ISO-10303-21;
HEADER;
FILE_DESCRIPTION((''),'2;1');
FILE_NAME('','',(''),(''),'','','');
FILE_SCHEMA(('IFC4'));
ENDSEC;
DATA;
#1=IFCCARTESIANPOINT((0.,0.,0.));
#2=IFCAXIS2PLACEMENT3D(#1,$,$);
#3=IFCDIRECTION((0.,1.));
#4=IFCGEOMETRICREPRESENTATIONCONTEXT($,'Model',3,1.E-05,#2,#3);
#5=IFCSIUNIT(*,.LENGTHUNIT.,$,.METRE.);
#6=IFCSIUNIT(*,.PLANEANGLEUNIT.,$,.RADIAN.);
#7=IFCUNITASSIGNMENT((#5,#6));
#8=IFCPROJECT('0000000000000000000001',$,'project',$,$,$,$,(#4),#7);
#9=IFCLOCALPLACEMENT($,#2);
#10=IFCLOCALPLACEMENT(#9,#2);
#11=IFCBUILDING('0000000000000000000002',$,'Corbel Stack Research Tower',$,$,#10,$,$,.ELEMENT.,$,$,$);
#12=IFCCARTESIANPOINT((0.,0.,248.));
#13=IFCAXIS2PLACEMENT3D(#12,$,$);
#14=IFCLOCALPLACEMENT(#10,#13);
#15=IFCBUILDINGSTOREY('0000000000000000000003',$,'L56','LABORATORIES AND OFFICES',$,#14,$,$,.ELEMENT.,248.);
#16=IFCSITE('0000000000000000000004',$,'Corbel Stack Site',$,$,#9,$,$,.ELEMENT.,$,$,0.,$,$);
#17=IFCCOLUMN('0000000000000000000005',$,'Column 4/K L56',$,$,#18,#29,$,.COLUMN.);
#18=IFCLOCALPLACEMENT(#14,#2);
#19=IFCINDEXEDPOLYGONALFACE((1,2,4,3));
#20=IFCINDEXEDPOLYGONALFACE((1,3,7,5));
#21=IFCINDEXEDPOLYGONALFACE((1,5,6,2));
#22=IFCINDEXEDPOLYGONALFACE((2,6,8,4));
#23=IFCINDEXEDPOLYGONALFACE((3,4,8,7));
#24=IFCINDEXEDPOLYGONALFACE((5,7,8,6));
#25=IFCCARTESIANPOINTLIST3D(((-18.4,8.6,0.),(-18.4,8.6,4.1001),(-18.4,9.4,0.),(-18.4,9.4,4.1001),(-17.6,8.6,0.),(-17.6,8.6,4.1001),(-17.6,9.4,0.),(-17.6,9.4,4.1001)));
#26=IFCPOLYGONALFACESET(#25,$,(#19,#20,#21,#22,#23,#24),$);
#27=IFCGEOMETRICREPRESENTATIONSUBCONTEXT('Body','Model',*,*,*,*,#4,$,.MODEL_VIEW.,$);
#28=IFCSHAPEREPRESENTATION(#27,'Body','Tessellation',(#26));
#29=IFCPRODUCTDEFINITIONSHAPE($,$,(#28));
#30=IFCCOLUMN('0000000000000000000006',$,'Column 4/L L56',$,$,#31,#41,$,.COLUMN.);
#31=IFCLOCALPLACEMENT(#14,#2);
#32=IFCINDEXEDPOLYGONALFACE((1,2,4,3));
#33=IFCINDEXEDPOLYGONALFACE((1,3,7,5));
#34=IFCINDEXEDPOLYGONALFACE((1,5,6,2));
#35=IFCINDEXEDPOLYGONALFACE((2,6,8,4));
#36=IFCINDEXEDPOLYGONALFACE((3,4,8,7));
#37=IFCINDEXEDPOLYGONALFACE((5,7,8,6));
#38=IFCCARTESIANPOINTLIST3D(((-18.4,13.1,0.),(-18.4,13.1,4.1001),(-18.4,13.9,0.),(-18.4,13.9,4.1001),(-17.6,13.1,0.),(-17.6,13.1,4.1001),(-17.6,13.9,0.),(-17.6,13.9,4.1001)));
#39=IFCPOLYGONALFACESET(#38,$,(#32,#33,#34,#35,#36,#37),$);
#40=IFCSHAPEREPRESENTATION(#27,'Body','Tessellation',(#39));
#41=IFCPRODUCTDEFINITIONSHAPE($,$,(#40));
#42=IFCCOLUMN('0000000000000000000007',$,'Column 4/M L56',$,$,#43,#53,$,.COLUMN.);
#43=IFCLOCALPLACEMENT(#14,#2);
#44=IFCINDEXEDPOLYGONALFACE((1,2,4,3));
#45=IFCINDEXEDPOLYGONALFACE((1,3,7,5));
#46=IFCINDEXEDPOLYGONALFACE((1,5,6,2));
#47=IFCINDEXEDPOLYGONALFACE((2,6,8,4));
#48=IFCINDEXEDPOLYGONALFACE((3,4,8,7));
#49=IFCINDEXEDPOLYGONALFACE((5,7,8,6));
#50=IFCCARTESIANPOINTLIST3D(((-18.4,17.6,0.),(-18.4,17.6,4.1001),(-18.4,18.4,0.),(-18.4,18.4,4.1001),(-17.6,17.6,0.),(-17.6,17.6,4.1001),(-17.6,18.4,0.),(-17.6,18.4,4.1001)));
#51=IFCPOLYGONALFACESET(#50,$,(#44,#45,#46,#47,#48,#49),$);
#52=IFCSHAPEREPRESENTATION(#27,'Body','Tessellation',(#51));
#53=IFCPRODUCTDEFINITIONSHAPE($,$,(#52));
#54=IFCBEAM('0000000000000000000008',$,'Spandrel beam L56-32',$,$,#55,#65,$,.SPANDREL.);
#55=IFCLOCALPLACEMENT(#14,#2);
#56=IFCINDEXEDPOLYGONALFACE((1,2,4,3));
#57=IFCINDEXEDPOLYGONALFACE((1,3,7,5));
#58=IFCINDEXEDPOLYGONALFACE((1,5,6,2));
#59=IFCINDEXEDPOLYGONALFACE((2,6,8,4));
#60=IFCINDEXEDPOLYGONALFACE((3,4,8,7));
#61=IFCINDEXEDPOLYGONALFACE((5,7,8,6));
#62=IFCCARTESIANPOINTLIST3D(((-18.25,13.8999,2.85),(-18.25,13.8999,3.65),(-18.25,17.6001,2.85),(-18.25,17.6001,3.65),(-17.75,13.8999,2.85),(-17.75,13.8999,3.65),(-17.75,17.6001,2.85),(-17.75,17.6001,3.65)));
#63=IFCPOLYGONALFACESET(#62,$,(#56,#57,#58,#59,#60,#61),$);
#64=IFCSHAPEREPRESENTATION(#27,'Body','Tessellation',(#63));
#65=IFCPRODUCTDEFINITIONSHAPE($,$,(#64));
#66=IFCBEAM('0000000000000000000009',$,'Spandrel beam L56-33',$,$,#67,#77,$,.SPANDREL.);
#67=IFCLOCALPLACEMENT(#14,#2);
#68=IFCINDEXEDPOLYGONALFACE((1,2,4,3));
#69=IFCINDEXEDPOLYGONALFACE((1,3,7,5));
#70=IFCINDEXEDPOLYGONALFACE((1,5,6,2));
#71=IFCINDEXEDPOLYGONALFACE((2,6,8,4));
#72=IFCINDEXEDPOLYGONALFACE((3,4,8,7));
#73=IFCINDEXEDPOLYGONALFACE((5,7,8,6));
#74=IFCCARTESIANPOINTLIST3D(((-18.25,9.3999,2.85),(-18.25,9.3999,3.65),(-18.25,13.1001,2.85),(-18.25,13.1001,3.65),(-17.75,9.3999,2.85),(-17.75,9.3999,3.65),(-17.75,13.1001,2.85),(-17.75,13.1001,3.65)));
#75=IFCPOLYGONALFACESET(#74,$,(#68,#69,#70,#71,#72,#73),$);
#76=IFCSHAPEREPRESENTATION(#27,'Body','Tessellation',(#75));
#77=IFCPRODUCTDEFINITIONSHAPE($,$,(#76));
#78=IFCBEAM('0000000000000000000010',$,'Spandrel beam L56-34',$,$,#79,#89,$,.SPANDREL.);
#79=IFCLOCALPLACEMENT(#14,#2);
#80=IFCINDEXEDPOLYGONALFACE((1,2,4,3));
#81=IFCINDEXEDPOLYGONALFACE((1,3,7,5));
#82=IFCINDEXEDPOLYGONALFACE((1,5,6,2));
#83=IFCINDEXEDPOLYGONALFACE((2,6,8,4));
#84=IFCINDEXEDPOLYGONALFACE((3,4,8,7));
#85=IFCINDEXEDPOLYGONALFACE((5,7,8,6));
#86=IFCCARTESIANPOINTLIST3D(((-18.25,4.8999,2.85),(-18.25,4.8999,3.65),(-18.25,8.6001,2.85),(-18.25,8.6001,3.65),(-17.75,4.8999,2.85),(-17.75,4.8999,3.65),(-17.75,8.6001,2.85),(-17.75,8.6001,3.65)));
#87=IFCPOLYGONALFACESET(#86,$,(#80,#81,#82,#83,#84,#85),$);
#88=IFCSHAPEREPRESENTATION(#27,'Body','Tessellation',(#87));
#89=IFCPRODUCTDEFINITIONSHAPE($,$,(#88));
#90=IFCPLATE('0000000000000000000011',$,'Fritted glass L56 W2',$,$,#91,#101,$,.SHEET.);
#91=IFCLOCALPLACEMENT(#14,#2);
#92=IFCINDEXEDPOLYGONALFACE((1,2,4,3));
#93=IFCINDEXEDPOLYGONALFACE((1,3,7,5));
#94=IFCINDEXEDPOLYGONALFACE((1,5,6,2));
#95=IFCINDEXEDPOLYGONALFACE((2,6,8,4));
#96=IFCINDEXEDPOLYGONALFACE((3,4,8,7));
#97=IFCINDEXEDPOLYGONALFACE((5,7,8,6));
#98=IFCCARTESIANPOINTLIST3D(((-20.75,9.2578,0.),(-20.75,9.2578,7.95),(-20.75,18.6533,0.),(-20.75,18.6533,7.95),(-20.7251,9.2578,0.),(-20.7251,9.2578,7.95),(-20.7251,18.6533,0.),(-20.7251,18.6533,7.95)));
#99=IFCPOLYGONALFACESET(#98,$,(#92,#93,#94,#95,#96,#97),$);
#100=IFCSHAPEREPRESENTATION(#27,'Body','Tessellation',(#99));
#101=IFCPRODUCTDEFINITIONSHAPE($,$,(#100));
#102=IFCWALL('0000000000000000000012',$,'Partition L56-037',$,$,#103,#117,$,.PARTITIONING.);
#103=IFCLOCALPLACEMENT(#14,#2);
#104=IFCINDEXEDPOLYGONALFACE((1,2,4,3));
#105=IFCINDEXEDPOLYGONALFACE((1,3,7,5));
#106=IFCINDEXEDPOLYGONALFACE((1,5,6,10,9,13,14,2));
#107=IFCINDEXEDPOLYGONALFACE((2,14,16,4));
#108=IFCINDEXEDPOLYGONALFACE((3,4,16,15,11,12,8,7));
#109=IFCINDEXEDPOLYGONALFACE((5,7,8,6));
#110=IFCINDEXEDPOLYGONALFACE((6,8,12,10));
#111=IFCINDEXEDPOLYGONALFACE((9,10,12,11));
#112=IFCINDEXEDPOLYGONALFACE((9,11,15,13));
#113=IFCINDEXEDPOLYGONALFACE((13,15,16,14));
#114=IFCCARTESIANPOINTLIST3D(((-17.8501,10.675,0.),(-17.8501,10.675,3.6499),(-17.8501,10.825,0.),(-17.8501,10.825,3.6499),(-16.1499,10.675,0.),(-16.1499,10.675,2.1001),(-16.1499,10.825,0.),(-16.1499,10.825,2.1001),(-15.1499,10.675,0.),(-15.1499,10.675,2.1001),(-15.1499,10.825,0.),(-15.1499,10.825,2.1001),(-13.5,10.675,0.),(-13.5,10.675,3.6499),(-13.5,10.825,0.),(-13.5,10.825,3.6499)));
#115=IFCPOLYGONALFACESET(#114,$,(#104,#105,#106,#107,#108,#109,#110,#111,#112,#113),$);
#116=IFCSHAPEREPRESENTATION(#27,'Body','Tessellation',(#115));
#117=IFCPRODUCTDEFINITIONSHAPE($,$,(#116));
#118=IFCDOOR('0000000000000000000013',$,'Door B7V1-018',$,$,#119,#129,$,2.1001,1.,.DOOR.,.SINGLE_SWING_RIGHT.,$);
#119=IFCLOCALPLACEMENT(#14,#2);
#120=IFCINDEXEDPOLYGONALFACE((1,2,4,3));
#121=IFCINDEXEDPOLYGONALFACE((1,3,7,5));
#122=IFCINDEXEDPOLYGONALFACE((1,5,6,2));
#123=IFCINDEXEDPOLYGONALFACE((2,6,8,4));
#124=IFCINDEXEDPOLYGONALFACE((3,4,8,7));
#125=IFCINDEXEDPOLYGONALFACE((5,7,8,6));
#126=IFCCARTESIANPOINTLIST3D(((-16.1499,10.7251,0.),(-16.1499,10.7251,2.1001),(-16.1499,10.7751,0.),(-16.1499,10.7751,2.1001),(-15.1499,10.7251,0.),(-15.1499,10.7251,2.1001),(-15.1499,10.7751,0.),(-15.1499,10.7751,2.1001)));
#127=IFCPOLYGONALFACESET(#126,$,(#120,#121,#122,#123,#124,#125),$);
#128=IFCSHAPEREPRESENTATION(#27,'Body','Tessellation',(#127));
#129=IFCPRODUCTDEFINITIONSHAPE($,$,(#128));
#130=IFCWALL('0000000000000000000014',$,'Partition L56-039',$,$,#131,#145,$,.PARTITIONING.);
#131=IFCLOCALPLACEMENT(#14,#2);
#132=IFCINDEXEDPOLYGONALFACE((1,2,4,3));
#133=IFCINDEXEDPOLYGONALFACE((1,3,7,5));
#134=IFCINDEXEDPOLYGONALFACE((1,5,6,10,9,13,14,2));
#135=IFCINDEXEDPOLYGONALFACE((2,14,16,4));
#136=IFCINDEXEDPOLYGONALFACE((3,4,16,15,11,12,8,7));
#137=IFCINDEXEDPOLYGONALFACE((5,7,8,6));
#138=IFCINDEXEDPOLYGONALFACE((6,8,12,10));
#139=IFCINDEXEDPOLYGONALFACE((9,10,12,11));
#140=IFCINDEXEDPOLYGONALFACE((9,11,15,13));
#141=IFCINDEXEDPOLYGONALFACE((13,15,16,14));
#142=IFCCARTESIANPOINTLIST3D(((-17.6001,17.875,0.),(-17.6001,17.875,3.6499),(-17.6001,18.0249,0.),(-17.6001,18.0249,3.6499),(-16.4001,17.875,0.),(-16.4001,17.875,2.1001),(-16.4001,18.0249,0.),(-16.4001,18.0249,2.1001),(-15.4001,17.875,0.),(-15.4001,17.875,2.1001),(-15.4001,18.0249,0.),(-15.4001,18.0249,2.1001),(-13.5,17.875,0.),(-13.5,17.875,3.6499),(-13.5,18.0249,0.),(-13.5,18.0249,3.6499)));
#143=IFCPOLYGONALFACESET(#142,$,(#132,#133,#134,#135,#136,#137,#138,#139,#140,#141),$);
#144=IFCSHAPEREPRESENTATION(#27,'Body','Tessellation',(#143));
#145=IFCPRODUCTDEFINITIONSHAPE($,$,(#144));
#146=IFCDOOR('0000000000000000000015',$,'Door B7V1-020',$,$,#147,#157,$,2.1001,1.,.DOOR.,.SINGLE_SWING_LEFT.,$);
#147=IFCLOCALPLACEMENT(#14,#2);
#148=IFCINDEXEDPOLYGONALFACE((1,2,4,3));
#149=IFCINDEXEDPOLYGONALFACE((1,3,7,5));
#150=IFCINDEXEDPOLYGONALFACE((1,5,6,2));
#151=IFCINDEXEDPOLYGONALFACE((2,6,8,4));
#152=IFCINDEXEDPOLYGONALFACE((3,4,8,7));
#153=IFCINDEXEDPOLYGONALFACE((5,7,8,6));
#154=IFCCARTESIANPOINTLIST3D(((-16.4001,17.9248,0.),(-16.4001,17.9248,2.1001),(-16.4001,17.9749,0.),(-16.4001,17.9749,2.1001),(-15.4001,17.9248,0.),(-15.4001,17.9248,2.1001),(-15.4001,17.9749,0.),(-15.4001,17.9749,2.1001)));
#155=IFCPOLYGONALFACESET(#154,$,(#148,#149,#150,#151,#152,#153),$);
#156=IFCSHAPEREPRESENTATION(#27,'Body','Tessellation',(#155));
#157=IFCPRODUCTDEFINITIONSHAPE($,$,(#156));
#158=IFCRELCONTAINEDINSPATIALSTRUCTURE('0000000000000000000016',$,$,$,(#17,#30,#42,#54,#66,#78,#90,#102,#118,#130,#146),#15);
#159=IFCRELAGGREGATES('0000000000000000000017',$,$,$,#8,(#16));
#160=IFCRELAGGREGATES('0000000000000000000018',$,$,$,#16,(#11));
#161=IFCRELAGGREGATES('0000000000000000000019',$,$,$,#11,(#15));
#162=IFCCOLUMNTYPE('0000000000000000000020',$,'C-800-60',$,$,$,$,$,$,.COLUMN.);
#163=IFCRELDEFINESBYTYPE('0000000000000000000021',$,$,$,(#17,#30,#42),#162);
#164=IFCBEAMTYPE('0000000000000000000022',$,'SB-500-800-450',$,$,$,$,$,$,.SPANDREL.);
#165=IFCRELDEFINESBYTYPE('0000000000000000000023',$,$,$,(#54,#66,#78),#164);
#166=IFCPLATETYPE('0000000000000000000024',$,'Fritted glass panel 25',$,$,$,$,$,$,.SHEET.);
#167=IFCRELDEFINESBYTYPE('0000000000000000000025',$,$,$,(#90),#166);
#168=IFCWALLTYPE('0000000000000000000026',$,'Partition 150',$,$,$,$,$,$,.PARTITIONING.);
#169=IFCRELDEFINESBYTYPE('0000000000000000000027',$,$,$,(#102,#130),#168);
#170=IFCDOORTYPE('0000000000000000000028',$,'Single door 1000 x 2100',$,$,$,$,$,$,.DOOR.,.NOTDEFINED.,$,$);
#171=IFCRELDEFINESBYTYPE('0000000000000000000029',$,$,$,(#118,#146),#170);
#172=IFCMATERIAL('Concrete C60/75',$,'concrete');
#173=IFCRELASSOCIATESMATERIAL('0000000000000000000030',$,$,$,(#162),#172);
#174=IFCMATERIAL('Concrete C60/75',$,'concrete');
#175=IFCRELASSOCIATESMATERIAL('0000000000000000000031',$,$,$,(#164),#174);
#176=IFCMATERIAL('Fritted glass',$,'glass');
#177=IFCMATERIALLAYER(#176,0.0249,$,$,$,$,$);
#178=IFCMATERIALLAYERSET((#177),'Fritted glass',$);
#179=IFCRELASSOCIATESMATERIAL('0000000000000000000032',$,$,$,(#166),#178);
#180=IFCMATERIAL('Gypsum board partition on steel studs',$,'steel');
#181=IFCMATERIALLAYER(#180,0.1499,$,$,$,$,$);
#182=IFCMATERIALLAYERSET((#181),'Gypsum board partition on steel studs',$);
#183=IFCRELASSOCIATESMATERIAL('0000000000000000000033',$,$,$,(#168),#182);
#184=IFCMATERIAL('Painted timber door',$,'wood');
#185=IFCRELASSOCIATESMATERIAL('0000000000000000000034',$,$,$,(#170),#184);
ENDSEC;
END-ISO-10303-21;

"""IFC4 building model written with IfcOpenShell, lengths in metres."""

from ifc_helpers import new_model, si_unit, direction, frame, frame_2d, origin, origin_2d, place, context, subcontext, project, spatial, rectangle, extrude, material, layer, layer_set, material_profile, profile_set, type_object, element, fill, save


model = new_model("IFC4")

# Units and contexts
model_context = context("Model", 3, precision=1e-05, world=origin(), true_north=direction((0.0, 1.0)))
body_context = subcontext(model_context, "Body", "Model", "MODEL_VIEW")
ifc_project = project(units=[si_unit("LENGTHUNIT", "METRE"), si_unit("PLANEANGLEUNIT", "RADIAN")], contexts=[model_context])

# Site, building, storey
site_placement = place(None, origin())
site = spatial("IfcSite", under=ifc_project, at=site_placement, Name="Corbel Stack Site", CompositionType="ELEMENT", RefElevation=0.0)
building_placement = place(site_placement, origin())
building = spatial("IfcBuilding", under=site, at=building_placement, Name="Corbel Stack Research Tower", CompositionType="ELEMENT")
storey_placement = place(building_placement, frame((0.0, 0.0, 248.0)))
storey = spatial("IfcBuildingStorey", under=building, at=storey_placement, Name="L56", Description="LABORATORIES AND OFFICES", CompositionType="ELEMENT", Elevation=248.0)

# Columns
ifc_material_1 = material(Name="Concrete C60/75", Category="concrete")
ifc_material_profile_1 = material_profile(ifc_material_1, rectangle(XDim=0.8, YDim=0.8, at=origin_2d()), Name="RC 800 x 800")
ifc_profile_set_1 = profile_set([ifc_material_profile_1], Name="Concrete C60/75")
column_type = type_object("IfcColumnType", Name="C-800-60", PredefinedType="COLUMN", material=ifc_profile_set_1)
for number, where, z_axis, x_axis, name in (
    (1, (-18.0, 9.0, 0.0), (0.0, 0.0, 1.0), (1.0, 0.0, 0.0), "Column 4/K L56"),
    (2, (-18.0, 13.5, 0.0), (0.0, 0.0, 1.0), (1.0, 0.0, 0.0), "Column 4/L L56"),
    (3, (-18.0, 18.0, 0.0), (0.0, 0.0, 1.0), (1.0, 0.0, 0.0), "Column 4/M L56"),
):
    element("IfcColumn", number, at=place(storey_placement, frame(where, z_axis=z_axis, x_axis=x_axis)), inside=storey, type_object=column_type, Name=name, PredefinedType="COLUMN", context=body_context, shape_type="SweptSolid", body=[
        extrude(rectangle(XDim=0.8, YDim=0.8, at=origin_2d()), origin(), (0.0, 0.0, 1.0), 4.1001),
    ])

# Beams
ifc_material_2 = material(Name="Concrete C60/75", Category="concrete")
ifc_material_profile_2 = material_profile(ifc_material_2, rectangle(XDim=0.5, YDim=0.8, at=origin_2d()), Name="RC 500 x 800")
ifc_profile_set_2 = profile_set([ifc_material_profile_2], Name="Concrete C60/75")
beam_type = type_object("IfcBeamType", Name="SB-500-800-450", PredefinedType="SPANDREL", material=ifc_profile_set_2)
for number, where, z_axis, x_axis, name in (
    (4, (-18.0, 17.6001, 3.25), (0.0, -1.0, 0.0), (1.0, 0.0, 0.0), "Spandrel beam L56-32"),
    (5, (-18.0, 13.1001, 3.25), (0.0, -1.0, 0.0), (1.0, 0.0, 0.0), "Spandrel beam L56-33"),
    (6, (-18.0, 8.6001, 3.25), (0.0, -1.0, 0.0), (1.0, 0.0, 0.0), "Spandrel beam L56-34"),
):
    element("IfcBeam", number, at=place(storey_placement, frame(where, z_axis=z_axis, x_axis=x_axis)), inside=storey, type_object=beam_type, Name=name, PredefinedType="SPANDREL", context=body_context, shape_type="SweptSolid", body=[
        extrude(rectangle(XDim=0.5, YDim=0.8, at=origin_2d()), origin(), (0.0, 0.0, 1.0), 3.7002),
    ])

# Plate
ifc_material_3 = material(Name="Fritted glass", Category="glass")
ifc_layer_1 = layer(ifc_material_3, 0.0249)
ifc_layer_set_1 = layer_set([ifc_layer_1], Name="Fritted glass")
plate_type = type_object("IfcPlateType", Name="Fritted glass panel 25", PredefinedType="SHEET", material=ifc_layer_set_1)
plate_placement = place(storey_placement, frame((-20.7375, 13.9556, 0.0), z_axis=(0.0, 0.0, 1.0), x_axis=(0.0, -1.0, 0.0)))
element("IfcPlate", 7, at=plate_placement, inside=storey, type_object=plate_type, Name="Fritted glass L56 W2", PredefinedType="SHEET", context=body_context, shape_type="SweptSolid", body=[
    extrude(rectangle(XDim=9.3955, YDim=0.0249, at=origin_2d()), origin(), (0.0, 0.0, 1.0), 7.95),
])

# Walls, openings, doors
ifc_material_4 = material(Name="Gypsum board partition on steel studs", Category="steel")
ifc_layer_2 = layer(ifc_material_4, 0.1499)
ifc_layer_set_2 = layer_set([ifc_layer_2], Name="Gypsum board partition on steel studs")
wall_type_1 = type_object("IfcWallType", Name="Partition 150", PredefinedType="PARTITIONING", material=ifc_layer_set_2)
wall_1_placement = place(storey_placement, frame((-13.5, 10.75, 0.0), z_axis=(0.0, 0.0, 1.0), x_axis=(-1.0, 0.0, 0.0)))
wall_1 = element("IfcWall", 8, at=wall_1_placement, inside=storey, type_object=wall_type_1, Name="Partition L56-037", PredefinedType="PARTITIONING", context=body_context, shape_type="SweptSolid", body=[
    extrude(rectangle(XDim=4.3501, YDim=0.1499, at=frame_2d((2.175, 0.0))), origin(), (0.0, 0.0, 1.0), 3.6499),
])
opening_1_placement = place(wall_1_placement, frame((1.6499, 0.0, 0.0)))
opening_1 = element("IfcOpeningElement", 9, at=opening_1_placement, cuts=wall_1, PredefinedType="OPENING", context=body_context, shape_type="SweptSolid", body=[
    extrude(rectangle(XDim=1.0, YDim=2.1001, at=frame_2d((0.5, 1.05))), frame((0.0, 0.085, 0.0), z_axis=(0.0, -1.0, 0.0), x_axis=(1.0, 0.0, 0.0)), (0.0, 0.0, 1.0), 0.1699),
])
ifc_material_5 = material(Name="Painted timber door", Category="wood")
door_type = type_object("IfcDoorType", Name="Single door 1000 x 2100", OperationType="NOTDEFINED", PredefinedType="DOOR", material=ifc_material_5)
door_1_placement = place(opening_1_placement, origin())
door_1 = element("IfcDoor", 10, at=door_1_placement, inside=storey, type_object=door_type, Name="Door B7V1-018", OperationType="SINGLE_SWING_RIGHT", OverallHeight=2.1001, OverallWidth=1.0, PredefinedType="DOOR", context=body_context, shape_type="SweptSolid", body=[
    extrude(rectangle(XDim=1.0, YDim=2.1001, at=frame_2d((0.5, 1.05))), frame((0.0, 0.0249, 0.0), z_axis=(0.0, -1.0, 0.0), x_axis=(1.0, 0.0, 0.0)), (0.0, 0.0, 1.0), 0.05),
])
fill(opening_1, door_1)
wall_2_placement = place(storey_placement, frame((-17.6001, 17.95, 0.0), z_axis=(0.0, 0.0, 1.0), x_axis=(1.0, 0.0, 0.0)))
wall_2 = element("IfcWall", 11, at=wall_2_placement, inside=storey, type_object=wall_type_1, Name="Partition L56-039", PredefinedType="PARTITIONING", context=body_context, shape_type="SweptSolid", body=[
    extrude(rectangle(XDim=4.1001, YDim=0.1499, at=frame_2d((2.05, 0.0))), origin(), (0.0, 0.0, 1.0), 3.6499),
])
opening_2_placement = place(wall_2_placement, frame((1.2, 0.0, 0.0)))
opening_2 = element("IfcOpeningElement", 12, at=opening_2_placement, cuts=wall_2, PredefinedType="OPENING", context=body_context, shape_type="SweptSolid", body=[
    extrude(rectangle(XDim=1.0, YDim=2.1001, at=frame_2d((0.5, 1.05))), frame((0.0, 0.085, 0.0), z_axis=(0.0, -1.0, 0.0), x_axis=(1.0, 0.0, 0.0)), (0.0, 0.0, 1.0), 0.1699),
])
door_2_placement = place(opening_2_placement, origin())
door_2 = element("IfcDoor", 13, at=door_2_placement, inside=storey, type_object=door_type, Name="Door B7V1-020", OperationType="SINGLE_SWING_LEFT", OverallHeight=2.1001, OverallWidth=1.0, PredefinedType="DOOR", context=body_context, shape_type="SweptSolid", body=[
    extrude(rectangle(XDim=1.0, YDim=2.1001, at=frame_2d((0.5, 1.05))), frame((0.0, 0.0249, 0.0), z_axis=(0.0, -1.0, 0.0), x_axis=(1.0, 0.0, 0.0)), (0.0, 0.0, 1.0), 0.05),
])
fill(opening_2, door_2)

save(model, "model.ifc")
